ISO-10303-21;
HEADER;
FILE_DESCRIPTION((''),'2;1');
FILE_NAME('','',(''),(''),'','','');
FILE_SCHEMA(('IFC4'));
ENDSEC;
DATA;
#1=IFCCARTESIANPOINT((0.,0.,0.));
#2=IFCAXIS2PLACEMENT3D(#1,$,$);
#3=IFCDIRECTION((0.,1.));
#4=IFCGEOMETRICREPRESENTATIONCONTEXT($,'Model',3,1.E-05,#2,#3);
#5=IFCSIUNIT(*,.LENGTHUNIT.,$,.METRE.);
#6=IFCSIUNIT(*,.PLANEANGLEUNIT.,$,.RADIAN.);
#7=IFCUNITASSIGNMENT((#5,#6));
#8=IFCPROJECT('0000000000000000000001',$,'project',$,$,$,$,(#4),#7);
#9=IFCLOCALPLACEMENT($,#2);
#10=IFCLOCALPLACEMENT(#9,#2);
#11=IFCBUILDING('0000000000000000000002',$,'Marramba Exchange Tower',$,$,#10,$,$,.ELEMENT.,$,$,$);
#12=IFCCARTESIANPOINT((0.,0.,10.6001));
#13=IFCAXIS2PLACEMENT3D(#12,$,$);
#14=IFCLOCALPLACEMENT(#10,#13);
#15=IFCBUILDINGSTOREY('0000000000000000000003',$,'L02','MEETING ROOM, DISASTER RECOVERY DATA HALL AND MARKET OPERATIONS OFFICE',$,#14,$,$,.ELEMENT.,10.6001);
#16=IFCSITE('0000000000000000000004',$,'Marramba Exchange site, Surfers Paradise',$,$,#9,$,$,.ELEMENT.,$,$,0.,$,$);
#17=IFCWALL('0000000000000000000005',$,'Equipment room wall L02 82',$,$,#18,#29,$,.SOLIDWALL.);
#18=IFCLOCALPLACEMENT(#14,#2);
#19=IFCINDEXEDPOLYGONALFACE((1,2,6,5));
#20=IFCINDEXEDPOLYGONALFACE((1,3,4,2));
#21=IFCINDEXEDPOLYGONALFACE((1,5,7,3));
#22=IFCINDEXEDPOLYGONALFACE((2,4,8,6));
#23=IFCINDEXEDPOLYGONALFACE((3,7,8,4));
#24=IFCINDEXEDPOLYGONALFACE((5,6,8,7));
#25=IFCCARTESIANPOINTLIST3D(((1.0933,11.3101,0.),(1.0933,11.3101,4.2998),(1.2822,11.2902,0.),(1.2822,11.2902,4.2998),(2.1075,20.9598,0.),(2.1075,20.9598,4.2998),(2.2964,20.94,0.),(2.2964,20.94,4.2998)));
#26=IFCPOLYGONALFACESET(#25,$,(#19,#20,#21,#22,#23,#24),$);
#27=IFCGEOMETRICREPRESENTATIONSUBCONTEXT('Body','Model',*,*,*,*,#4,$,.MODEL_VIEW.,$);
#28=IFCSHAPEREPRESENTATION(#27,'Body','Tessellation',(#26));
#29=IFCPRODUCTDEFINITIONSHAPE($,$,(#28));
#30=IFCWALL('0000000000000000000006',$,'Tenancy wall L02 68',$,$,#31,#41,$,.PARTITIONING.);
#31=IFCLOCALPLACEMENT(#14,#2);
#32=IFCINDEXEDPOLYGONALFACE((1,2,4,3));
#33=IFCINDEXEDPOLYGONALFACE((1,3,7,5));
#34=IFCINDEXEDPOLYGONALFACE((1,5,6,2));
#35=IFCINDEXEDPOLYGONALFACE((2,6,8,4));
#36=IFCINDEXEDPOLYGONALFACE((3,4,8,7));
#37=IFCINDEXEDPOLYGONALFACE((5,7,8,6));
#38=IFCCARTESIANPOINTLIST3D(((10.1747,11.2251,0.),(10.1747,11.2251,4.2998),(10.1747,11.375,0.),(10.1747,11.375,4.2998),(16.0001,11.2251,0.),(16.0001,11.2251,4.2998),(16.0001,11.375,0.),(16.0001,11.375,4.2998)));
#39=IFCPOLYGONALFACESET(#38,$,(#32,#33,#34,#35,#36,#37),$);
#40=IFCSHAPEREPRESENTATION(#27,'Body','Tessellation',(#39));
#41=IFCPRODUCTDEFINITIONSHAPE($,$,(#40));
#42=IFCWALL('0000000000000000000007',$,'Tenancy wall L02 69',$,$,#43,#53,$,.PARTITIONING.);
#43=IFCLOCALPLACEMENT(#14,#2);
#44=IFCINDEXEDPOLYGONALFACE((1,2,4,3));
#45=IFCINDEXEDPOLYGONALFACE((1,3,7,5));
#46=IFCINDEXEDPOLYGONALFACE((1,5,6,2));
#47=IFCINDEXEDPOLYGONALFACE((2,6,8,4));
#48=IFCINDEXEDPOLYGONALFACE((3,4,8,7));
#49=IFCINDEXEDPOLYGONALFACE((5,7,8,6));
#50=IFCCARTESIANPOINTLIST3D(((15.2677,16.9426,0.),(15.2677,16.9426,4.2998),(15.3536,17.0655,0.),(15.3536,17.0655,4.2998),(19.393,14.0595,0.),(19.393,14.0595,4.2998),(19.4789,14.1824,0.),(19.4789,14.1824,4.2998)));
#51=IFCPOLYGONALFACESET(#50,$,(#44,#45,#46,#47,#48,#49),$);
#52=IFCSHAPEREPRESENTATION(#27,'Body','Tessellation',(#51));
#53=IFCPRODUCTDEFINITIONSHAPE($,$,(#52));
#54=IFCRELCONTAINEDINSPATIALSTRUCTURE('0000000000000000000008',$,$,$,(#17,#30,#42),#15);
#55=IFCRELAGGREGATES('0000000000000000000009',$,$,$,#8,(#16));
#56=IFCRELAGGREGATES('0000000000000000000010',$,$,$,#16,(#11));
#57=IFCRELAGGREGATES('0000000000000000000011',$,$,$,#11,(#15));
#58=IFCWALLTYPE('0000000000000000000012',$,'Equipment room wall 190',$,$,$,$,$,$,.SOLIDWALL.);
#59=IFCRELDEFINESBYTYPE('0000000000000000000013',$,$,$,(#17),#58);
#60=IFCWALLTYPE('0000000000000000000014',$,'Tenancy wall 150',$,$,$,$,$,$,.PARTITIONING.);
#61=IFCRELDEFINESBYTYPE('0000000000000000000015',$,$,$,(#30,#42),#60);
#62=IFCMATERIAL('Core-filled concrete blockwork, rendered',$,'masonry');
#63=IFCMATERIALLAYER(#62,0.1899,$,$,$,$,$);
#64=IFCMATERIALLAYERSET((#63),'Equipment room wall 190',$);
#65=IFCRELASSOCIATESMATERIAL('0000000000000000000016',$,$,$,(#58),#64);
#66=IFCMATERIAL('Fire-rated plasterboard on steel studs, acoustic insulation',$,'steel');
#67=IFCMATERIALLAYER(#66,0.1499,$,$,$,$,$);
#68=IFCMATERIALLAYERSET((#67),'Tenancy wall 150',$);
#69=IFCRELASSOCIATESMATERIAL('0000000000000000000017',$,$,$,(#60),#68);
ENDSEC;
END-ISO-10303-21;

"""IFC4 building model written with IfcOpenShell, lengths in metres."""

from ifc_helpers import new_model, si_unit, direction, frame, frame_2d, origin, place, context, subcontext, project, spatial, rectangle, extrude, material, layer, layer_set, type_object, element, save


model = new_model("IFC4")

# Units and contexts
model_context = context("Model", 3, precision=1e-05, world=origin(), true_north=direction((0.0, 1.0)))
body_context = subcontext(model_context, "Body", "Model", "MODEL_VIEW")
ifc_project = project(units=[si_unit("LENGTHUNIT", "METRE"), si_unit("PLANEANGLEUNIT", "RADIAN")], contexts=[model_context])

# Site, building, storey
site_placement = place(None, origin())
site = spatial("IfcSite", under=ifc_project, at=site_placement, Name="Marramba Exchange site, Surfers Paradise", CompositionType="ELEMENT", RefElevation=0.0)
building_placement = place(site_placement, origin())
building = spatial("IfcBuilding", under=site, at=building_placement, Name="Marramba Exchange Tower", CompositionType="ELEMENT")
storey_placement = place(building_placement, frame((0.0, 0.0, 10.6001)))
storey = spatial("IfcBuildingStorey", under=building, at=storey_placement, Name="L02", Description="MEETING ROOM, DISASTER RECOVERY DATA HALL AND MARKET OPERATIONS OFFICE", CompositionType="ELEMENT", Elevation=10.6001)

# Shared definitions
ifc_material_1 = material(Name="Core-filled concrete blockwork, rendered", Category="masonry")
ifc_layer_1 = layer(ifc_material_1, 0.1899)
ifc_layer_set_1 = layer_set([ifc_layer_1], Name="Equipment room wall 190")
wall_type_1 = type_object("IfcWallType", Name="Equipment room wall 190", PredefinedType="SOLIDWALL", material=ifc_layer_set_1)

# Walls
wall_1_placement = place(storey_placement, frame((1.1877, 11.3, 0.0), z_axis=(0.0, 0.0, 1.0), x_axis=(0.104522, 0.994523, 0.0)))
element("IfcWall", 1, at=wall_1_placement, inside=storey, type_object=wall_type_1, Name="Equipment room wall L02 82", PredefinedType="SOLIDWALL", context=body_context, shape_type="SweptSolid", body=[
    extrude(rectangle(XDim=9.7029, YDim=0.1899, at=frame_2d((4.8516, 0.0))), origin(), (0.0, 0.0, 1.0), 4.2998),
])
ifc_material_2 = material(Name="Fire-rated plasterboard on steel studs, acoustic insulation", Category="steel")
ifc_layer_2 = layer(ifc_material_2, 0.1499)
ifc_layer_set_2 = layer_set([ifc_layer_2], Name="Tenancy wall 150")
wall_type_2 = type_object("IfcWallType", Name="Tenancy wall 150", PredefinedType="PARTITIONING", material=ifc_layer_set_2)
wall_2_placement = place(storey_placement, frame((16.0, 11.3, 0.0), z_axis=(0.0, 0.0, 1.0), x_axis=(-1.0, 0.0, 0.0)))
element("IfcWall", 2, at=wall_2_placement, inside=storey, type_object=wall_type_2, Name="Tenancy wall L02 68", PredefinedType="PARTITIONING", context=body_context, shape_type="SweptSolid", body=[
    extrude(rectangle(XDim=5.8254, YDim=0.1499, at=frame_2d((2.9126, 0.0))), origin(), (0.0, 0.0, 1.0), 4.2998),
])
wall_3_placement = place(storey_placement, frame((15.3105, 17.0042, 0.0), z_axis=(0.0, 0.0, 1.0), x_axis=(0.819662, -0.572847, 0.0)))
element("IfcWall", 3, at=wall_3_placement, inside=storey, type_object=wall_type_2, Name="Tenancy wall L02 69", PredefinedType="PARTITIONING", context=body_context, shape_type="SweptSolid", body=[
    extrude(rectangle(XDim=5.033, YDim=0.1499, at=frame_2d((2.5166, 0.0))), origin(), (0.0, 0.0, 1.0), 4.2998),
])

save(model, "model.ifc")
